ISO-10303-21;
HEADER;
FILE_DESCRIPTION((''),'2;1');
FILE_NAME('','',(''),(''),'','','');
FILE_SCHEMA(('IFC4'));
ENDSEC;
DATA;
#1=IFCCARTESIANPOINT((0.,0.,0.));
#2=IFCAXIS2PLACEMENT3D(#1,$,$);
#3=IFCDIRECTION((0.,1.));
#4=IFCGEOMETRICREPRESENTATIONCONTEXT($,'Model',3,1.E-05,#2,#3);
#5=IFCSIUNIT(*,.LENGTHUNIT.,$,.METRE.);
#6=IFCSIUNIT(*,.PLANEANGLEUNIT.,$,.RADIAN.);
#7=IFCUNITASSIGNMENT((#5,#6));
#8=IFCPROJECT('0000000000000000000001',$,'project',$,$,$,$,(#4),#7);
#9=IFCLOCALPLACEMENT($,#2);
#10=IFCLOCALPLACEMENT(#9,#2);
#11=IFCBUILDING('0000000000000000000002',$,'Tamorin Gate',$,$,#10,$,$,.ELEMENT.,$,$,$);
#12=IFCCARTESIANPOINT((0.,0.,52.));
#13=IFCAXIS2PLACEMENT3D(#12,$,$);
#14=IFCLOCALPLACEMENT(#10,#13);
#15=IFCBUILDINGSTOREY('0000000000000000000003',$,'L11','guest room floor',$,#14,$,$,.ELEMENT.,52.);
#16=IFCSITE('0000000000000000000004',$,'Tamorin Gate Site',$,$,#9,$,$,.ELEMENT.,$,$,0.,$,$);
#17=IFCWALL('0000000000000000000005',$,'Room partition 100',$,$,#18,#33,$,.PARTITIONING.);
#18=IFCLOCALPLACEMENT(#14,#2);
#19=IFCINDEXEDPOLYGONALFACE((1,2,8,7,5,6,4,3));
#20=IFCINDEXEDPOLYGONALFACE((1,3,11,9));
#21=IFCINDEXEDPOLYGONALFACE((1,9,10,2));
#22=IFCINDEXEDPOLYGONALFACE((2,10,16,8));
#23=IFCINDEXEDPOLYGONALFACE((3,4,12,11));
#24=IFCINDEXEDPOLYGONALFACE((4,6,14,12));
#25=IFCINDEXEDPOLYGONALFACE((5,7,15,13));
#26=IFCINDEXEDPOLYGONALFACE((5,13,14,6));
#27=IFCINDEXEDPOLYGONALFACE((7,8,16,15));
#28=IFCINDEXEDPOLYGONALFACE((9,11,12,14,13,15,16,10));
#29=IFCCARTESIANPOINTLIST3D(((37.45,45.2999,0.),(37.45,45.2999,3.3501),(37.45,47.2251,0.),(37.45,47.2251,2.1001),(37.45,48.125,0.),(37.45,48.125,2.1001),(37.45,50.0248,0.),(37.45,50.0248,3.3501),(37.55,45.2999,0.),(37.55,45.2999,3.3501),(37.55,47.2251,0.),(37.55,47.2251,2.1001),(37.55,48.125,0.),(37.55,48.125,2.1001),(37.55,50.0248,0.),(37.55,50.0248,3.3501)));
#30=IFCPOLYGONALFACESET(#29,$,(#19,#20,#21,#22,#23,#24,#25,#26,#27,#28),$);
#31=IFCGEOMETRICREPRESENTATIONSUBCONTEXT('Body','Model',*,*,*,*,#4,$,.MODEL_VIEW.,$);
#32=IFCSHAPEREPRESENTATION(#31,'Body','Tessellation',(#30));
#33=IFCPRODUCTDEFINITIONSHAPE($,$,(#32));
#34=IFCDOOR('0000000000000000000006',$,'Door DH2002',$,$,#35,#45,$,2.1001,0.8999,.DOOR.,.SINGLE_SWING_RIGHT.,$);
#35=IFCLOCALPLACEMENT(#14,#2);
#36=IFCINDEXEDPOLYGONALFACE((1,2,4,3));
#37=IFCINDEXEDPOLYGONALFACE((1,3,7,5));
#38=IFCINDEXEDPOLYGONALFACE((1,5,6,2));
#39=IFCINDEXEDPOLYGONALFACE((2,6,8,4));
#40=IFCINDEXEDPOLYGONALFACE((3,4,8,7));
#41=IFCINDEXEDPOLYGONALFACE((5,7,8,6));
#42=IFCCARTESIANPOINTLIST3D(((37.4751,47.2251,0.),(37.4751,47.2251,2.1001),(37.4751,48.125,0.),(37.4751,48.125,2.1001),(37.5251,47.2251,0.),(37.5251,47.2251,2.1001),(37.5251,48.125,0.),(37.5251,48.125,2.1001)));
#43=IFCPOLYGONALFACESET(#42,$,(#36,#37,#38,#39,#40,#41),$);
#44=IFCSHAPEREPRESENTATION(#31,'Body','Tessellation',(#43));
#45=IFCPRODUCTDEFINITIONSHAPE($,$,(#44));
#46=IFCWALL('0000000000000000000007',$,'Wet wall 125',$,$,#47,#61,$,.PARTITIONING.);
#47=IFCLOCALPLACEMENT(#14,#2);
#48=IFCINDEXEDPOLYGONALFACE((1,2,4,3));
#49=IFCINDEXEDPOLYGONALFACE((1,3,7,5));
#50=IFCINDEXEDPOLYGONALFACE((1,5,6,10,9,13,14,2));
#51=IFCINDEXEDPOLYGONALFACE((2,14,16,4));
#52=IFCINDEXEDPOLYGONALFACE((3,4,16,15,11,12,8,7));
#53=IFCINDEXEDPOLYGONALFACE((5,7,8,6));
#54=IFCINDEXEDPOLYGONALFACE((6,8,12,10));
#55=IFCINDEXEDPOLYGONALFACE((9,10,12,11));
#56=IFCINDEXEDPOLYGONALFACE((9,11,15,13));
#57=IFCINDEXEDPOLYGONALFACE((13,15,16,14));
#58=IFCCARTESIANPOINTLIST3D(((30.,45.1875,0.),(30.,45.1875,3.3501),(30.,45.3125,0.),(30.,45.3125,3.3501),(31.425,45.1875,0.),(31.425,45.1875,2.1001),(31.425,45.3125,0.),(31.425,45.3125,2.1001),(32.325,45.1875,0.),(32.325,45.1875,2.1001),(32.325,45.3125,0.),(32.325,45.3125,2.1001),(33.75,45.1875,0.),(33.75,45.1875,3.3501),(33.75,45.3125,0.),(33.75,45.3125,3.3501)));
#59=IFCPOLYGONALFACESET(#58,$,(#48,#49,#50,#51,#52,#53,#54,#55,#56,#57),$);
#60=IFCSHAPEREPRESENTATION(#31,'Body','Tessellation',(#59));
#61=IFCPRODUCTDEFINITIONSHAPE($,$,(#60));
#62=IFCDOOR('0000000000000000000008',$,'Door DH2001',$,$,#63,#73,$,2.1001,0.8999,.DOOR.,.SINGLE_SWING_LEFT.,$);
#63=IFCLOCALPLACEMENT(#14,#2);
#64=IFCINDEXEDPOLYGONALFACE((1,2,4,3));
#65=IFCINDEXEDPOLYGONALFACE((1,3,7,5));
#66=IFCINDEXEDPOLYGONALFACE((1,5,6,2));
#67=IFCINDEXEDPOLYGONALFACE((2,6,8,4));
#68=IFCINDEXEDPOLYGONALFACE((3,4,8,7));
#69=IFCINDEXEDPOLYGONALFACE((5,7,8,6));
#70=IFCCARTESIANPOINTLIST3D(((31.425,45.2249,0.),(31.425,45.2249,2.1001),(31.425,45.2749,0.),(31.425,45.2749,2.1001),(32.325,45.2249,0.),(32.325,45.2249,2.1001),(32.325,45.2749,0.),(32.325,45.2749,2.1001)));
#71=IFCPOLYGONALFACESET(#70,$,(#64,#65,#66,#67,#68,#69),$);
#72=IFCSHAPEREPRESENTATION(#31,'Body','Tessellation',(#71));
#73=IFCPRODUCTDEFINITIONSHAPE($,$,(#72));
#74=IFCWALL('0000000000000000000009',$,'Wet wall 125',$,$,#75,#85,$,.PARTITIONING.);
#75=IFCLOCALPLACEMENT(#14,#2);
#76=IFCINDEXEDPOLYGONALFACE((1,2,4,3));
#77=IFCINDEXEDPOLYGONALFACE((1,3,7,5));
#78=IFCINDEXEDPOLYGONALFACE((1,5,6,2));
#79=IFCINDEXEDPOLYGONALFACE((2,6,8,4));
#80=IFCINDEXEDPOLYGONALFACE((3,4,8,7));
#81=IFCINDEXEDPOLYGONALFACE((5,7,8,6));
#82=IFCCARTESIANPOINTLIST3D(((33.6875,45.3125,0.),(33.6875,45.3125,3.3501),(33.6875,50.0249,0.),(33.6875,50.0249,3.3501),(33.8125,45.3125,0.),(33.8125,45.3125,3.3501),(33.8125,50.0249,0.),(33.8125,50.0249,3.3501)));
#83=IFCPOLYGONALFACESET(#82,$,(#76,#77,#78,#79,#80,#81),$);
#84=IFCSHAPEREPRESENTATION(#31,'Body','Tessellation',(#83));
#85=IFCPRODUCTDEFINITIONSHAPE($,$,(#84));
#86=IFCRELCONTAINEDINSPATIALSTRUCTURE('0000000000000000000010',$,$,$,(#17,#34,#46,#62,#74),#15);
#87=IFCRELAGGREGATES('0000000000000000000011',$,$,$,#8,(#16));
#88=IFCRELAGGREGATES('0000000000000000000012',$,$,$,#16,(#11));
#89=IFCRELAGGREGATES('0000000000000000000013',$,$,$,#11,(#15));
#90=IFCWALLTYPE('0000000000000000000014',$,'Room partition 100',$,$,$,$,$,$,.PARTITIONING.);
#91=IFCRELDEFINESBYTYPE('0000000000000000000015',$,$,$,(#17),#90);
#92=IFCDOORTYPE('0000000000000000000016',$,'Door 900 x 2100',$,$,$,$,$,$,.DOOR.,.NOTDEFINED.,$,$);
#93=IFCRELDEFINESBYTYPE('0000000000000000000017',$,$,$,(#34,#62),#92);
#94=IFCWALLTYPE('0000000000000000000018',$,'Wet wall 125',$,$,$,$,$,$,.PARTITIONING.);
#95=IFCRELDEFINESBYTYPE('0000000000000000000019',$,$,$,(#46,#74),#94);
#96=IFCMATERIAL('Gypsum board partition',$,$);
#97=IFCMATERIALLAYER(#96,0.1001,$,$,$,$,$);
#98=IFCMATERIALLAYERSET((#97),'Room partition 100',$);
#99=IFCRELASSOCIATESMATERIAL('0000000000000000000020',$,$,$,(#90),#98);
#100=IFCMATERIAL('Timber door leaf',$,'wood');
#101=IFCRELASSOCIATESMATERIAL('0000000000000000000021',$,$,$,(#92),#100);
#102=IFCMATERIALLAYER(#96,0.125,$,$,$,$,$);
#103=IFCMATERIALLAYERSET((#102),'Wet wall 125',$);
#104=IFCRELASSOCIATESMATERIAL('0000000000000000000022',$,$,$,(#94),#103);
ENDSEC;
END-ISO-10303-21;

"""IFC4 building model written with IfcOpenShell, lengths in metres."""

from ifc_helpers import new_model, si_unit, direction, frame, frame_2d, origin, place, context, subcontext, project, spatial, rectangle, extrude, material, layer, layer_set, type_object, element, fill, save


model = new_model("IFC4")

# Units and contexts
model_context = context("Model", 3, precision=1e-05, world=origin(), true_north=direction((0.0, 1.0)))
body_context = subcontext(model_context, "Body", "Model", "MODEL_VIEW")
ifc_project = project(units=[si_unit("LENGTHUNIT", "METRE"), si_unit("PLANEANGLEUNIT", "RADIAN")], contexts=[model_context])

# Site, building, storey
site_placement = place(None, origin())
site = spatial("IfcSite", under=ifc_project, at=site_placement, Name="Tamorin Gate Site", CompositionType="ELEMENT", RefElevation=0.0)
building_placement = place(site_placement, origin())
building = spatial("IfcBuilding", under=site, at=building_placement, Name="Tamorin Gate", CompositionType="ELEMENT")
storey_placement = place(building_placement, frame((0.0, 0.0, 52.0)))
storey = spatial("IfcBuildingStorey", under=building, at=storey_placement, Name="L11", Description="guest room floor", CompositionType="ELEMENT", Elevation=52.0)

# Walls, openings, doors
ifc_material_1 = material(Name="Gypsum board partition")
ifc_layer_1 = layer(ifc_material_1, 0.1001)
ifc_layer_set_1 = layer_set([ifc_layer_1], Name="Room partition 100")
wall_type_1 = type_object("IfcWallType", Name="Room partition 100", PredefinedType="PARTITIONING", material=ifc_layer_set_1)
ifc_material_2 = material(Name="Timber door leaf", Category="wood")
door_type = type_object("IfcDoorType", Name="Door 900 x 2100", OperationType="NOTDEFINED", PredefinedType="DOOR", material=ifc_material_2)
wall_1_placement = place(storey_placement, frame((37.5, 45.3, 0.0), z_axis=(0.0, 0.0, 1.0), x_axis=(0.0, 1.0, 0.0)))
wall_1 = element("IfcWall", 1, at=wall_1_placement, inside=storey, type_object=wall_type_1, Name="Room partition 100", PredefinedType="PARTITIONING", context=body_context, shape_type="SweptSolid", body=[
    extrude(rectangle(XDim=4.7249, YDim=0.1001, at=frame_2d((2.3623, 0.0))), origin(), (0.0, 0.0, 1.0), 3.3501),
])
opening_1_placement = place(wall_1_placement, frame((1.925, 0.0, 0.0)))
opening_1 = element("IfcOpeningElement", 2, at=opening_1_placement, cuts=wall_1, PredefinedType="OPENING", context=body_context, shape_type="SweptSolid", body=[
    extrude(rectangle(XDim=0.8999, YDim=2.1001, at=frame_2d((0.45, 1.05))), frame((0.0, 0.0601, 0.0), z_axis=(0.0, -1.0, 0.0), x_axis=(1.0, 0.0, 0.0)), (0.0, 0.0, 1.0), 0.1201),
])
door_1_placement = place(opening_1_placement, origin())
door_1 = element("IfcDoor", 3, at=door_1_placement, inside=storey, type_object=door_type, Name="Door DH2002", OperationType="SINGLE_SWING_RIGHT", OverallHeight=2.1001, OverallWidth=0.8999, PredefinedType="DOOR", context=body_context, shape_type="SweptSolid", body=[
    extrude(rectangle(XDim=0.8999, YDim=2.1001, at=frame_2d((0.45, 1.05))), frame((0.0, 0.0249, 0.0), z_axis=(0.0, -1.0, 0.0), x_axis=(1.0, 0.0, 0.0)), (0.0, 0.0, 1.0), 0.05),
])
fill(opening_1, door_1)
ifc_layer_2 = layer(ifc_material_1, 0.125)
ifc_layer_set_2 = layer_set([ifc_layer_2], Name="Wet wall 125")
wall_type_2 = type_object("IfcWallType", Name="Wet wall 125", PredefinedType="PARTITIONING", material=ifc_layer_set_2)
wall_2_placement = place(storey_placement, frame((30.0, 45.25, 0.0), z_axis=(0.0, 0.0, 1.0), x_axis=(1.0, 0.0, 0.0)))
wall_2 = element("IfcWall", 4, at=wall_2_placement, inside=storey, type_object=wall_type_2, Name="Wet wall 125", PredefinedType="PARTITIONING", context=body_context, shape_type="SweptSolid", body=[
    extrude(rectangle(XDim=3.75, YDim=0.125, at=frame_2d((1.875, 0.0))), origin(), (0.0, 0.0, 1.0), 3.3501),
])
opening_2_placement = place(wall_2_placement, frame((1.425, 0.0, 0.0)))
opening_2 = element("IfcOpeningElement", 5, at=opening_2_placement, cuts=wall_2, PredefinedType="OPENING", context=body_context, shape_type="SweptSolid", body=[
    extrude(rectangle(XDim=0.8999, YDim=2.1001, at=frame_2d((0.45, 1.05))), frame((0.0, 0.0725, 0.0), z_axis=(0.0, -1.0, 0.0), x_axis=(1.0, 0.0, 0.0)), (0.0, 0.0, 1.0), 0.145),
])
door_2_placement = place(opening_2_placement, origin())
door_2 = element("IfcDoor", 6, at=door_2_placement, inside=storey, type_object=door_type, Name="Door DH2001", OperationType="SINGLE_SWING_LEFT", OverallHeight=2.1001, OverallWidth=0.8999, PredefinedType="DOOR", context=body_context, shape_type="SweptSolid", body=[
    extrude(rectangle(XDim=0.8999, YDim=2.1001, at=frame_2d((0.45, 1.05))), frame((0.0, 0.0249, 0.0), z_axis=(0.0, -1.0, 0.0), x_axis=(1.0, 0.0, 0.0)), (0.0, 0.0, 1.0), 0.05),
])
fill(opening_2, door_2)

# Wall
wall_3_placement = place(storey_placement, frame((33.75, 45.3125, 0.0), z_axis=(0.0, 0.0, 1.0), x_axis=(0.0, 1.0, 0.0)))
element("IfcWall", 7, at=wall_3_placement, inside=storey, type_object=wall_type_2, Name="Wet wall 125", PredefinedType="PARTITIONING", context=body_context, shape_type="SweptSolid", body=[
    extrude(rectangle(XDim=4.7124, YDim=0.125, at=frame_2d((2.3562, 0.0))), origin(), (0.0, 0.0, 1.0), 3.3501),
])

save(model, "model.ifc")
